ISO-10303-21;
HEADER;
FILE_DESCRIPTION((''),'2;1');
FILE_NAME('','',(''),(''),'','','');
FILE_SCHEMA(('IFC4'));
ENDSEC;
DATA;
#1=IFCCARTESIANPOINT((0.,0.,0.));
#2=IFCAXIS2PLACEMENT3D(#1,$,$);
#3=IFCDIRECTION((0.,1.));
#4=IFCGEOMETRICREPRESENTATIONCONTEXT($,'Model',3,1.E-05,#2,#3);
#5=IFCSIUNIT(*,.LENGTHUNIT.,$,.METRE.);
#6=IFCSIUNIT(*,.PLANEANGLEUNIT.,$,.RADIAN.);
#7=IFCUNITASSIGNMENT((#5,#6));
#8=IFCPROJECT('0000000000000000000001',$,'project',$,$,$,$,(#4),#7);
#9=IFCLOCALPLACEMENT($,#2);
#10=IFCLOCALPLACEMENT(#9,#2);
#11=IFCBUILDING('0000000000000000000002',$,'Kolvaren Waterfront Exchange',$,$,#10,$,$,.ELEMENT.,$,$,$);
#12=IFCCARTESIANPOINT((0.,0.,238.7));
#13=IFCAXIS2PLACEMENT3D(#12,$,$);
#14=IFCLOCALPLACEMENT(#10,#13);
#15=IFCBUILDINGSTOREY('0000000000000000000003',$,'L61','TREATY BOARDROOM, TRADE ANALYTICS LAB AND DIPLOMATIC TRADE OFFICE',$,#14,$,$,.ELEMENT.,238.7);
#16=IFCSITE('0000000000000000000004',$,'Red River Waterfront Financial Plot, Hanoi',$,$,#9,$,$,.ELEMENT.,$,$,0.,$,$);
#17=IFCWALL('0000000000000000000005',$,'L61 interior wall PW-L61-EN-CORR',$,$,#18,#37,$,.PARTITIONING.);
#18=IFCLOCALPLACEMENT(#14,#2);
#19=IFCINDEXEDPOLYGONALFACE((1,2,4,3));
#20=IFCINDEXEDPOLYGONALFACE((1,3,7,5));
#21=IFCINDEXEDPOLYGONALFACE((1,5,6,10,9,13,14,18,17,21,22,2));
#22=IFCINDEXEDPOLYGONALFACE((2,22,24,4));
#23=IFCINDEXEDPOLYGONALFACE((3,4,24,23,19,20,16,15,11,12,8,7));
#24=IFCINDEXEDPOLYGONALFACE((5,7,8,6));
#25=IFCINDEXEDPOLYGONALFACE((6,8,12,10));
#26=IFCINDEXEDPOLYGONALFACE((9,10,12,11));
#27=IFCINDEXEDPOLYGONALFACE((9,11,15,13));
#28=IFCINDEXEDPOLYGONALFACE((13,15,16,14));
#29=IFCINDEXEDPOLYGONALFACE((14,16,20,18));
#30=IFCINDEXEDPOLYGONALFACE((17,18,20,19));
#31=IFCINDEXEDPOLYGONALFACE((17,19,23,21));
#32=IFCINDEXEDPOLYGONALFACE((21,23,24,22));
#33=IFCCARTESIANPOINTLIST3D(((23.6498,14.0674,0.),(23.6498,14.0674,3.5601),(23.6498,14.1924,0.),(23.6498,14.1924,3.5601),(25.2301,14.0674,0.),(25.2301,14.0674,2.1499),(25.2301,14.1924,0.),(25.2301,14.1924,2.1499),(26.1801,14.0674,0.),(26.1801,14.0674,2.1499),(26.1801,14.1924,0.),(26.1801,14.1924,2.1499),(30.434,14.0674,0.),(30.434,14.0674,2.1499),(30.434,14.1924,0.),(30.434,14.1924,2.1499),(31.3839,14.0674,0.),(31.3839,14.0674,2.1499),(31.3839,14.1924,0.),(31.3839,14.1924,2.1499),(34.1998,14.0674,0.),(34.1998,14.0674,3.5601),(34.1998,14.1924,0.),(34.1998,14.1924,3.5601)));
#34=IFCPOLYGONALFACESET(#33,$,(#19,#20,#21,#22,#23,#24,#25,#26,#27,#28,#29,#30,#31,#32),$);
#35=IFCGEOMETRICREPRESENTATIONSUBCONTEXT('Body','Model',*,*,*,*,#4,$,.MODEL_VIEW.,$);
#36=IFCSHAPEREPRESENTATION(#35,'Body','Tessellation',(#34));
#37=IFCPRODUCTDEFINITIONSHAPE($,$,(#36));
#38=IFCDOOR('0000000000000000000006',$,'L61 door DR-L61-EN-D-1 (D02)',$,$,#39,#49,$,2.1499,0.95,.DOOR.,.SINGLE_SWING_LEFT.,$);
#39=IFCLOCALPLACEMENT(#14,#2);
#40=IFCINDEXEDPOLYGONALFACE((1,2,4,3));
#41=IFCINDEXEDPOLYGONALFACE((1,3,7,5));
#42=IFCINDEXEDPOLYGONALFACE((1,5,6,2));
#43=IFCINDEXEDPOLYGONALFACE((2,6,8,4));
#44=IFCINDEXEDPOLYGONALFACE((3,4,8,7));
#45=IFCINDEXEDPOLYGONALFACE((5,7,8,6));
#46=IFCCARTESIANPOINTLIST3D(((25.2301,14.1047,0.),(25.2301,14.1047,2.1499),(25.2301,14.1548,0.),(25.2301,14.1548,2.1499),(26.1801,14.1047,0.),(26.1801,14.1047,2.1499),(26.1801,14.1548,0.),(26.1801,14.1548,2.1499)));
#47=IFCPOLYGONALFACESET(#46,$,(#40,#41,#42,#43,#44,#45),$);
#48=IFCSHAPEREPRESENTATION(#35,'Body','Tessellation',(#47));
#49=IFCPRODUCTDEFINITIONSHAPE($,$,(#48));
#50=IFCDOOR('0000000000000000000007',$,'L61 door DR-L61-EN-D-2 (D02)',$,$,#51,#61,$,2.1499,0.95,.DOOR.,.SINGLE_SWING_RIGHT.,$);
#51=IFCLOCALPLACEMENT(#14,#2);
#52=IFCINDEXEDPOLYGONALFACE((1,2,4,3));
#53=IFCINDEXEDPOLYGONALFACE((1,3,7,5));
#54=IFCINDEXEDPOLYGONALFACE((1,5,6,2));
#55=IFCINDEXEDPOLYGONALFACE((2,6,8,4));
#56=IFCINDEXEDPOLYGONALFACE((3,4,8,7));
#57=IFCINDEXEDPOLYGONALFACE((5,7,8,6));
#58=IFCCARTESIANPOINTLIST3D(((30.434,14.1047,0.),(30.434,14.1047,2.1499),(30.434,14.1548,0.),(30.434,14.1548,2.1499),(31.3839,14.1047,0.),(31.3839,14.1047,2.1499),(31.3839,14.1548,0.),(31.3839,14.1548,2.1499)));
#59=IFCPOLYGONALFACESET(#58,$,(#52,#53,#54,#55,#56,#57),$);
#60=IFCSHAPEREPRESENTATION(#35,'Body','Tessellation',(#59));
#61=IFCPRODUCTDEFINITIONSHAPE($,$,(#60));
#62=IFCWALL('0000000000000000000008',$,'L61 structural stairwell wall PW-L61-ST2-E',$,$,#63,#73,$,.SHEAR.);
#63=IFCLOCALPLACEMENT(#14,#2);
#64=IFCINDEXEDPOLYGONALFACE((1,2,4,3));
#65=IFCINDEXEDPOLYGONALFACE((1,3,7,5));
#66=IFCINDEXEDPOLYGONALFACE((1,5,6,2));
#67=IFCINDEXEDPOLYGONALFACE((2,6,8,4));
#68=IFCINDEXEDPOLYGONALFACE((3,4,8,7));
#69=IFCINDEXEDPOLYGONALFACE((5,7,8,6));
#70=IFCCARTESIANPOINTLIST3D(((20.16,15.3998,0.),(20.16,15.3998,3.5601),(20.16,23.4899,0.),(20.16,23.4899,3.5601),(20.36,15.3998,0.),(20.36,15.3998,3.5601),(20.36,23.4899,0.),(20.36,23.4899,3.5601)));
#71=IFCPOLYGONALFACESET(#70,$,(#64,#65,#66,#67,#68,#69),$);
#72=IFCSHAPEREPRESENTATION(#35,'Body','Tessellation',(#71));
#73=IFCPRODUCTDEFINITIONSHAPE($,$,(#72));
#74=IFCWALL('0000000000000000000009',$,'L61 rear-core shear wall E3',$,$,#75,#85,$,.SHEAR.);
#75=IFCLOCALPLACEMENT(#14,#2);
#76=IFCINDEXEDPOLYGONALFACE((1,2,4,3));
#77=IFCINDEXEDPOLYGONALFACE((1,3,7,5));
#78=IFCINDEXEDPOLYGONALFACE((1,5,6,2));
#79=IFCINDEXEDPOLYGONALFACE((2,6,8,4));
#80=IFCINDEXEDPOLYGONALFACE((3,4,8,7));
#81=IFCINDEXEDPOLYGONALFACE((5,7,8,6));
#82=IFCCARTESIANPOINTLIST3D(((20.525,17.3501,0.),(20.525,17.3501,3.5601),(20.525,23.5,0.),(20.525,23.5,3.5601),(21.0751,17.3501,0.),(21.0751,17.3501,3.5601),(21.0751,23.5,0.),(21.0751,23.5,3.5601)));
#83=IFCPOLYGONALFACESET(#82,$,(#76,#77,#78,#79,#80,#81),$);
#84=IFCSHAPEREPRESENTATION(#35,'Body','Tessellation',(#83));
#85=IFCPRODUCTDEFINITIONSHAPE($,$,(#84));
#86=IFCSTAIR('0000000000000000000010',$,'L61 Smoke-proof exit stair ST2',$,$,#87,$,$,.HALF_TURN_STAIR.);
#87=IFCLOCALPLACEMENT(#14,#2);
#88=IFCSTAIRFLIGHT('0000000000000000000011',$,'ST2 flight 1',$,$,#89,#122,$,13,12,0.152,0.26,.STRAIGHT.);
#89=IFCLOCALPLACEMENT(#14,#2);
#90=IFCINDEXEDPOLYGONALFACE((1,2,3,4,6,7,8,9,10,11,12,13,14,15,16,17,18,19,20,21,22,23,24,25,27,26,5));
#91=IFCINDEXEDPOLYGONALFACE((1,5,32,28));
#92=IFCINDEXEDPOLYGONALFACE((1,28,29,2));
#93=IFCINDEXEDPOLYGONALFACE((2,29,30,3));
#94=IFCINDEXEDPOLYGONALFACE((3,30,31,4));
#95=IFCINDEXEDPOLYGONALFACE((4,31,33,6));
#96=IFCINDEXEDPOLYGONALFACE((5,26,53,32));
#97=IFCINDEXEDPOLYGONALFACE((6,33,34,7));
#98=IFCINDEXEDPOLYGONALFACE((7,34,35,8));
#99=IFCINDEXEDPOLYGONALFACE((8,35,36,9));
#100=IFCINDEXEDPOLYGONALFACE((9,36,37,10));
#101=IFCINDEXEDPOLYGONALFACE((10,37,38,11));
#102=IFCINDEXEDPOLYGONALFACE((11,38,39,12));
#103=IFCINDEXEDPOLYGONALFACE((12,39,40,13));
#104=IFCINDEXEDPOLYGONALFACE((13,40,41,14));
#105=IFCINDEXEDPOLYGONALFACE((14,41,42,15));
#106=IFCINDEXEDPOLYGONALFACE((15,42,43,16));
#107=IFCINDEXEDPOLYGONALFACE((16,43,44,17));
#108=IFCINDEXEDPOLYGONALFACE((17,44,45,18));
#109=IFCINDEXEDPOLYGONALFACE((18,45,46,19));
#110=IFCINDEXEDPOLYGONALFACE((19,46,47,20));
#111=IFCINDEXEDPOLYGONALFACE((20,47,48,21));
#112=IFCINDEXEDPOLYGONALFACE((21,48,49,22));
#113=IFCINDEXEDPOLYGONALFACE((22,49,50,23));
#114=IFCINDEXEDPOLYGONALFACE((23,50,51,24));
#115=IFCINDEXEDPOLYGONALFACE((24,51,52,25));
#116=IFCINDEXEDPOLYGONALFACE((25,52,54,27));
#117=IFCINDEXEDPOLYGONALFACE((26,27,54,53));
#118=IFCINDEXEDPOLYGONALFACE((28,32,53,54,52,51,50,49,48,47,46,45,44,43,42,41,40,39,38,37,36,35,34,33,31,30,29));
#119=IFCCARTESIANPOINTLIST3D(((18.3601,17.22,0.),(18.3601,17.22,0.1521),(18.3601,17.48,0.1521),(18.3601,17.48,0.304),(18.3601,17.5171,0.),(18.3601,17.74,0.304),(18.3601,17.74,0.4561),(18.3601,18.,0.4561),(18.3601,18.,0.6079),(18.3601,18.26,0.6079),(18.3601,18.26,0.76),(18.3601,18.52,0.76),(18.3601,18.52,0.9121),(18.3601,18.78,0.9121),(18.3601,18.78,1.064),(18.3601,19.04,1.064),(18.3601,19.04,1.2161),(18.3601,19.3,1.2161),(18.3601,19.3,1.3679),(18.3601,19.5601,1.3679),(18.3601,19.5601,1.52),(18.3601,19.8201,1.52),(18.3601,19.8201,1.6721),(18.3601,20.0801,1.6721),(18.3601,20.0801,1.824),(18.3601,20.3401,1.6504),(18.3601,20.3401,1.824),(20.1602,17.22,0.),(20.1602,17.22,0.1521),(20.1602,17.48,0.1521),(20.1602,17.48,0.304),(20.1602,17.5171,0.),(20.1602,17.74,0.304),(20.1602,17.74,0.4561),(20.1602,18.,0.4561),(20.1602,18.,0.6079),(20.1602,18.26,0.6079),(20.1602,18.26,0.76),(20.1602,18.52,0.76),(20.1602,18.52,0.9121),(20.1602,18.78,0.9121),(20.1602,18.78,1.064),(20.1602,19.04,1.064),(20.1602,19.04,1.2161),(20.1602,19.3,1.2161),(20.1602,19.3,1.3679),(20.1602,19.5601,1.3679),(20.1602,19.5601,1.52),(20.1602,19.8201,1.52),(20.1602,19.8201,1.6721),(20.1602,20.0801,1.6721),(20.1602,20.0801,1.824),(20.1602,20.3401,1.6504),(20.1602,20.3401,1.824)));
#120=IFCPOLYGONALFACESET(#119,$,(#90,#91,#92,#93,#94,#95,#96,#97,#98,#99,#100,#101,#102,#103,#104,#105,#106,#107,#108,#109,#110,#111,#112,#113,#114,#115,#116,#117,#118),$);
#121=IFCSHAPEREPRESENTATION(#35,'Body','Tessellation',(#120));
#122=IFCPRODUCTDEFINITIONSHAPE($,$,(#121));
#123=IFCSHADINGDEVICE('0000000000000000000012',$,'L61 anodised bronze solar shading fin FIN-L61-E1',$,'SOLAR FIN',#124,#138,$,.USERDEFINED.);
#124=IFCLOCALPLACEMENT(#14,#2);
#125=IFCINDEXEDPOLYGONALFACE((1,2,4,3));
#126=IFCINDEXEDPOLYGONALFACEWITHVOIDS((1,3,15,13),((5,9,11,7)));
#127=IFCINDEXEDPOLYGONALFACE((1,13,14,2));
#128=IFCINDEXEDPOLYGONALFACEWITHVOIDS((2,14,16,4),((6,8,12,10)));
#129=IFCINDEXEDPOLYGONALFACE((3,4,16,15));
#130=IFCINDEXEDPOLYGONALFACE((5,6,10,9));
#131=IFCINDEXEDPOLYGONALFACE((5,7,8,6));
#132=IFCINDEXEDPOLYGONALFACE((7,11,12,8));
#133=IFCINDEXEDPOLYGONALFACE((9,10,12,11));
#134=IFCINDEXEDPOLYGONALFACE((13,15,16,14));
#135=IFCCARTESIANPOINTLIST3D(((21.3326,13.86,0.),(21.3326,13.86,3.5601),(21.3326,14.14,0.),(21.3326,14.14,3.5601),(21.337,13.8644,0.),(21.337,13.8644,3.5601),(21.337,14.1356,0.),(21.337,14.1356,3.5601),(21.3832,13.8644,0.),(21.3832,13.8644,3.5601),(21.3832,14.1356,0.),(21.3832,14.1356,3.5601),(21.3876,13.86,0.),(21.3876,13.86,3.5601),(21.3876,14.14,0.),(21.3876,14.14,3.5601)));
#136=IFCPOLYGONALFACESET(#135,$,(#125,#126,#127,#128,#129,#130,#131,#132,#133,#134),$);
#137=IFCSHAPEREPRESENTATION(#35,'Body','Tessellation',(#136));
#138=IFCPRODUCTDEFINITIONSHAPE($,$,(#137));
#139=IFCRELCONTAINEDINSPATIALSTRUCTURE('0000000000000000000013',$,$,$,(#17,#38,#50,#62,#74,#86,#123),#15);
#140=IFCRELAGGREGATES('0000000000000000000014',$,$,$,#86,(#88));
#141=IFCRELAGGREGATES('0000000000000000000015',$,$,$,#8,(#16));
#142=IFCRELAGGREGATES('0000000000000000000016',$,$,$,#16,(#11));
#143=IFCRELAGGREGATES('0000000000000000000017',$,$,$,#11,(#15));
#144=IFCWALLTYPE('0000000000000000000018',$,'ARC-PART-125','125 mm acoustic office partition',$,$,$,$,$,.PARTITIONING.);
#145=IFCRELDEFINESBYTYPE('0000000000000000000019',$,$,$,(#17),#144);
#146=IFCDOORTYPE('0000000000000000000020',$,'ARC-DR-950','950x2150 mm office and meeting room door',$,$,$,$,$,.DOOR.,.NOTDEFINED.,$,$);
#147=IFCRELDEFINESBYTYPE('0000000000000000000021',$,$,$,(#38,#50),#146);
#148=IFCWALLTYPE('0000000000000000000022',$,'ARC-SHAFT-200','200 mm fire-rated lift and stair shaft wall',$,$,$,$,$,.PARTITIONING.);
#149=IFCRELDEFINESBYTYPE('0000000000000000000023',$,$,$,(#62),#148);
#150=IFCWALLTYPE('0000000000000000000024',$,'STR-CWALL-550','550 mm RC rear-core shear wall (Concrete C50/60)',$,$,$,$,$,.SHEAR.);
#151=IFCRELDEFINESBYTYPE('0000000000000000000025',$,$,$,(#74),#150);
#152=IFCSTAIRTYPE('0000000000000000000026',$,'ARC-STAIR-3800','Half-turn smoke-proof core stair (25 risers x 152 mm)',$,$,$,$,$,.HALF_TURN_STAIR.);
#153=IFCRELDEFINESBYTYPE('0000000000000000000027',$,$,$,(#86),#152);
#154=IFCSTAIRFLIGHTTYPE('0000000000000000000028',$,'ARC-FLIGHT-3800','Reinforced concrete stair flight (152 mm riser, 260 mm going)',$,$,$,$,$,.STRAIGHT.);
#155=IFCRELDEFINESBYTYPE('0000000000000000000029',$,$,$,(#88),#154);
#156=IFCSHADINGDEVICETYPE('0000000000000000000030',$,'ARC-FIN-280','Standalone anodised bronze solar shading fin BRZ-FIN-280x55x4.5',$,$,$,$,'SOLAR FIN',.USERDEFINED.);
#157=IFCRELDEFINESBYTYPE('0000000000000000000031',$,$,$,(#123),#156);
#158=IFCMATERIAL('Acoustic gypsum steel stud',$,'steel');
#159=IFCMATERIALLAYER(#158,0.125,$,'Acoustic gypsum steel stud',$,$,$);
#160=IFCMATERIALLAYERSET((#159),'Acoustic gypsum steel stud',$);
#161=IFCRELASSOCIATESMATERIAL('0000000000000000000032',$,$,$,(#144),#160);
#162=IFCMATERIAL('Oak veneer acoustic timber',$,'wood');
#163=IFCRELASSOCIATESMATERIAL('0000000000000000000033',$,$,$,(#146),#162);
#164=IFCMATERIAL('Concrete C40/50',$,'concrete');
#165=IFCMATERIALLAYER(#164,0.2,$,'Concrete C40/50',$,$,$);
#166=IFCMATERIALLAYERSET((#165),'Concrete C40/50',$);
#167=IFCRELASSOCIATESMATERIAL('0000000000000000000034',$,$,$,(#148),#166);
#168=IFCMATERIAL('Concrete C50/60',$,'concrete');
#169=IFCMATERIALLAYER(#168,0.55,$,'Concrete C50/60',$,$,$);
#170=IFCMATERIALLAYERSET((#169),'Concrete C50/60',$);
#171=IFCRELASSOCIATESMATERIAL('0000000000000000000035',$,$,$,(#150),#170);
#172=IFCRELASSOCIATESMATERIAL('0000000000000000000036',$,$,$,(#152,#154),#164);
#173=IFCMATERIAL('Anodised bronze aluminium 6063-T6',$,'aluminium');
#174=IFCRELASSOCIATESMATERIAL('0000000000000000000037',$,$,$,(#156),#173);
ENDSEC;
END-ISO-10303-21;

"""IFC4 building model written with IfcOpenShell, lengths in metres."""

from ifc_helpers import new_model, si_unit, direction, frame, frame_2d, origin, origin_2d, place, context, subcontext, project, spatial, polyline, rectangle, hollow_rectangle, outline, extrude, material, layer, layer_set, material_profile, profile_set, type_object, element, fill, aggregate, save


model = new_model("IFC4")

# Units and contexts
model_context = context("Model", 3, precision=1e-05, world=origin(), true_north=direction((0.0, 1.0)))
body_context = subcontext(model_context, "Body", "Model", "MODEL_VIEW")
ifc_project = project(units=[si_unit("LENGTHUNIT", "METRE"), si_unit("PLANEANGLEUNIT", "RADIAN")], contexts=[model_context])

# Site, building, storey
site_placement = place(None, origin())
site = spatial("IfcSite", under=ifc_project, at=site_placement, Name="Red River Waterfront Financial Plot, Hanoi", CompositionType="ELEMENT", RefElevation=0.0)
building_placement = place(site_placement, origin())
building = spatial("IfcBuilding", under=site, at=building_placement, Name="Kolvaren Waterfront Exchange", CompositionType="ELEMENT")
storey_placement = place(building_placement, frame((0.0, 0.0, 238.7)))
storey = spatial("IfcBuildingStorey", under=building, at=storey_placement, Name="L61", Description="TREATY BOARDROOM, TRADE ANALYTICS LAB AND DIPLOMATIC TRADE OFFICE", CompositionType="ELEMENT", Elevation=238.7)

# Shared definitions
ifc_material_1 = material(Name="Concrete C50/60", Category="concrete")

# Shared definitions
ifc_material_2 = material(Name="Acoustic gypsum steel stud", Category="steel")
ifc_layer_1 = layer(ifc_material_2, 0.125, Name="Acoustic gypsum steel stud")
ifc_layer_set_1 = layer_set([ifc_layer_1], Name="Acoustic gypsum steel stud")
wall_type_1 = type_object("IfcWallType", Name="ARC-PART-125", Description="125 mm acoustic office partition", PredefinedType="PARTITIONING", material=ifc_layer_set_1)

# Wall, openings, doors
wall_1_placement = place(storey_placement, frame((23.6499, 14.1299, 0.0), z_axis=(0.0, 0.0, 1.0), x_axis=(1.0, 0.0, 0.0)))
wall_1 = element("IfcWall", 1, at=wall_1_placement, inside=storey, type_object=wall_type_1, Name="L61 interior wall PW-L61-EN-CORR", PredefinedType="PARTITIONING", context=body_context, shape_type="SweptSolid", body=[
    extrude(rectangle(XDim=10.55, YDim=0.125, at=frame_2d((5.2749, 0.0))), origin(), (0.0, 0.0, 1.0), 3.5601),
])
opening_1_placement = place(wall_1_placement, frame((1.5801, 0.0, 0.0)))
opening_1 = element("IfcOpeningElement", 2, at=opening_1_placement, cuts=wall_1, PredefinedType="OPENING", context=body_context, shape_type="SweptSolid", body=[
    extrude(rectangle(XDim=0.95, YDim=2.1499, at=frame_2d((0.4751, 1.075))), frame((0.0, 0.0725, 0.0), z_axis=(0.0, -1.0, 0.0), x_axis=(1.0, 0.0, 0.0)), (0.0, 0.0, 1.0), 0.145),
])
opening_2_placement = place(wall_1_placement, frame((6.7839, 0.0, 0.0)))
opening_2 = element("IfcOpeningElement", 3, at=opening_2_placement, cuts=wall_1, PredefinedType="OPENING", context=body_context, shape_type="SweptSolid", body=[
    extrude(rectangle(XDim=0.95, YDim=2.1499, at=frame_2d((0.4751, 1.075))), frame((0.0, 0.0725, 0.0), z_axis=(0.0, -1.0, 0.0), x_axis=(1.0, 0.0, 0.0)), (0.0, 0.0, 1.0), 0.145),
])
ifc_material_3 = material(Name="Oak veneer acoustic timber", Category="wood")
door_type = type_object("IfcDoorType", Name="ARC-DR-950", Description="950x2150 mm office and meeting room door", OperationType="NOTDEFINED", PredefinedType="DOOR", material=ifc_material_3)
door_1_placement = place(opening_1_placement, origin())
door_1 = element("IfcDoor", 4, at=door_1_placement, inside=storey, type_object=door_type, Name="L61 door DR-L61-EN-D-1 (D02)", OperationType="SINGLE_SWING_LEFT", OverallHeight=2.1499, OverallWidth=0.95, PredefinedType="DOOR", context=body_context, shape_type="SweptSolid", body=[
    extrude(rectangle(XDim=0.95, YDim=2.1499, at=frame_2d((0.4751, 1.075))), frame((0.0, 0.0249, 0.0), z_axis=(0.0, -1.0, 0.0), x_axis=(1.0, 0.0, 0.0)), (0.0, 0.0, 1.0), 0.05),
])
fill(opening_1, door_1)
door_2_placement = place(opening_2_placement, origin())
door_2 = element("IfcDoor", 5, at=door_2_placement, inside=storey, type_object=door_type, Name="L61 door DR-L61-EN-D-2 (D02)", OperationType="SINGLE_SWING_RIGHT", OverallHeight=2.1499, OverallWidth=0.95, PredefinedType="DOOR", context=body_context, shape_type="SweptSolid", body=[
    extrude(rectangle(XDim=0.95, YDim=2.1499, at=frame_2d((0.4751, 1.075))), frame((0.0, 0.0249, 0.0), z_axis=(0.0, -1.0, 0.0), x_axis=(1.0, 0.0, 0.0)), (0.0, 0.0, 1.0), 0.05),
])
fill(opening_2, door_2)

# Walls
ifc_material_4 = material(Name="Concrete C40/50", Category="concrete")
ifc_layer_2 = layer(ifc_material_4, 0.2, Name="Concrete C40/50")
ifc_layer_set_2 = layer_set([ifc_layer_2], Name="Concrete C40/50")
wall_type_2 = type_object("IfcWallType", Name="ARC-SHAFT-200", Description="200 mm fire-rated lift and stair shaft wall", PredefinedType="PARTITIONING", material=ifc_layer_set_2)
wall_2_placement = place(storey_placement, frame((20.26, 15.3999, 0.0), z_axis=(0.0, 0.0, 1.0), x_axis=(0.0, 1.0, 0.0)))
element("IfcWall", 6, at=wall_2_placement, inside=storey, type_object=wall_type_2, Name="L61 structural stairwell wall PW-L61-ST2-E", PredefinedType="SHEAR", context=body_context, shape_type="SweptSolid", body=[
    extrude(rectangle(XDim=8.0901, YDim=0.2, at=frame_2d((4.0449, 0.0))), origin(), (0.0, 0.0, 1.0), 3.5601),
])
ifc_layer_3 = layer(ifc_material_1, 0.55, Name="Concrete C50/60")
ifc_layer_set_3 = layer_set([ifc_layer_3], Name="Concrete C50/60")
wall_type_3 = type_object("IfcWallType", Name="STR-CWALL-550", Description="550 mm RC rear-core shear wall (Concrete C50/60)", PredefinedType="SHEAR", material=ifc_layer_set_3)
wall_3_placement = place(storey_placement, frame((20.8, 17.3501, 0.0), z_axis=(0.0, 0.0, 1.0), x_axis=(0.0, 1.0, 0.0)))
element("IfcWall", 7, at=wall_3_placement, inside=storey, type_object=wall_type_3, Name="L61 rear-core shear wall E3", PredefinedType="SHEAR", context=body_context, shape_type="SweptSolid", body=[
    extrude(rectangle(XDim=6.1499, YDim=0.55, at=frame_2d((3.075, 0.0))), origin(), (0.0, 0.0, 1.0), 3.5601),
])

# Stair, stair flight
stair_type = type_object("IfcStairType", Name="ARC-STAIR-3800", Description="Half-turn smoke-proof core stair (25 risers x 152 mm)", PredefinedType="HALF_TURN_STAIR", material=ifc_material_4)
stair_placement = place(storey_placement, origin())
stair = element("IfcStair", 8, at=stair_placement, inside=storey, type_object=stair_type, Name="L61 Smoke-proof exit stair ST2", PredefinedType="HALF_TURN_STAIR")
stair_flight_type = type_object("IfcStairFlightType", Name="ARC-FLIGHT-3800", Description="Reinforced concrete stair flight (152 mm riser, 260 mm going)", PredefinedType="STRAIGHT", material=ifc_material_4)
stair_flight_placement = place(storey_placement, frame((19.26, 17.22, 0.0), z_axis=(0.0, 0.0, 1.0), x_axis=(0.0, 1.0, 0.0)))
stair_flight = element("IfcStairFlight", 9, at=stair_flight_placement, type_object=stair_flight_type, Name="ST2 flight 1", NumberOfRisers=13, NumberOfTreads=12, PredefinedType="STRAIGHT", RiserHeight=0.152, TreadLength=0.26, context=body_context, shape_type="SweptSolid", body=[
    extrude(outline(polyline([(0.0, 0.0), (0.0, 0.1521), (0.26, 0.1521), (0.26, 0.304), (0.52, 0.304), (0.52, 0.4561), (0.78, 0.4561), (0.78, 0.6079), (1.04, 0.6079), (1.04, 0.76), (1.3, 0.76), (1.3, 0.9121), (1.5601, 0.9121), (1.5601, 1.064), (1.8201, 1.064), (1.8201, 1.2161), (2.0801, 1.2161), (2.0801, 1.3679), (2.3401, 1.3679), (2.3401, 1.52), (2.6001, 1.52), (2.6001, 1.6721), (2.8601, 1.6721), (2.8601, 1.824), (3.1201, 1.824), (3.1201, 1.9761), (3.1201, 1.6504), (0.2971, 0.0), (0.0, 0.0)])), frame((0.0, 0.8999, 0.0), z_axis=(0.0, -1.0, 0.0), x_axis=(1.0, 0.0, 0.0)), (0.0, 0.0, 1.0), 1.8),
])
aggregate(stair, [stair_flight])

# Shading device
ifc_material_5 = material(Name="Anodised bronze aluminium 6063-T6", Category="aluminium")
ifc_material_profile_1 = material_profile(ifc_material_5, hollow_rectangle(XDim=0.0549, YDim=0.28, WallThickness=0.0044, at=origin_2d()), Name="BRZ-FIN-280x55x4.5")
ifc_profile_set_1 = profile_set([ifc_material_profile_1], Name="Anodised bronze aluminium 6063-T6")
shading_device_type = type_object("IfcShadingDeviceType", Name="ARC-FIN-280", Description="Standalone anodised bronze solar shading fin BRZ-FIN-280x55x4.5", ElementType="SOLAR FIN", PredefinedType="USERDEFINED", material=ifc_profile_set_1)
shading_device_placement = place(storey_placement, frame((21.3601, 14.0, 0.0), z_axis=(0.0, 0.0, 1.0), x_axis=(1.0, 0.0, 0.0)))
element("IfcShadingDevice", 10, at=shading_device_placement, inside=storey, type_object=shading_device_type, Name="L61 anodised bronze solar shading fin FIN-L61-E1", ObjectType="SOLAR FIN", PredefinedType="USERDEFINED", context=body_context, shape_type="SweptSolid", body=[
    extrude(hollow_rectangle(XDim=0.0549, YDim=0.28, WallThickness=0.0044, at=origin_2d()), origin(), (0.0, 0.0, 1.0), 3.5601),
])

save(model, "model.ifc")
